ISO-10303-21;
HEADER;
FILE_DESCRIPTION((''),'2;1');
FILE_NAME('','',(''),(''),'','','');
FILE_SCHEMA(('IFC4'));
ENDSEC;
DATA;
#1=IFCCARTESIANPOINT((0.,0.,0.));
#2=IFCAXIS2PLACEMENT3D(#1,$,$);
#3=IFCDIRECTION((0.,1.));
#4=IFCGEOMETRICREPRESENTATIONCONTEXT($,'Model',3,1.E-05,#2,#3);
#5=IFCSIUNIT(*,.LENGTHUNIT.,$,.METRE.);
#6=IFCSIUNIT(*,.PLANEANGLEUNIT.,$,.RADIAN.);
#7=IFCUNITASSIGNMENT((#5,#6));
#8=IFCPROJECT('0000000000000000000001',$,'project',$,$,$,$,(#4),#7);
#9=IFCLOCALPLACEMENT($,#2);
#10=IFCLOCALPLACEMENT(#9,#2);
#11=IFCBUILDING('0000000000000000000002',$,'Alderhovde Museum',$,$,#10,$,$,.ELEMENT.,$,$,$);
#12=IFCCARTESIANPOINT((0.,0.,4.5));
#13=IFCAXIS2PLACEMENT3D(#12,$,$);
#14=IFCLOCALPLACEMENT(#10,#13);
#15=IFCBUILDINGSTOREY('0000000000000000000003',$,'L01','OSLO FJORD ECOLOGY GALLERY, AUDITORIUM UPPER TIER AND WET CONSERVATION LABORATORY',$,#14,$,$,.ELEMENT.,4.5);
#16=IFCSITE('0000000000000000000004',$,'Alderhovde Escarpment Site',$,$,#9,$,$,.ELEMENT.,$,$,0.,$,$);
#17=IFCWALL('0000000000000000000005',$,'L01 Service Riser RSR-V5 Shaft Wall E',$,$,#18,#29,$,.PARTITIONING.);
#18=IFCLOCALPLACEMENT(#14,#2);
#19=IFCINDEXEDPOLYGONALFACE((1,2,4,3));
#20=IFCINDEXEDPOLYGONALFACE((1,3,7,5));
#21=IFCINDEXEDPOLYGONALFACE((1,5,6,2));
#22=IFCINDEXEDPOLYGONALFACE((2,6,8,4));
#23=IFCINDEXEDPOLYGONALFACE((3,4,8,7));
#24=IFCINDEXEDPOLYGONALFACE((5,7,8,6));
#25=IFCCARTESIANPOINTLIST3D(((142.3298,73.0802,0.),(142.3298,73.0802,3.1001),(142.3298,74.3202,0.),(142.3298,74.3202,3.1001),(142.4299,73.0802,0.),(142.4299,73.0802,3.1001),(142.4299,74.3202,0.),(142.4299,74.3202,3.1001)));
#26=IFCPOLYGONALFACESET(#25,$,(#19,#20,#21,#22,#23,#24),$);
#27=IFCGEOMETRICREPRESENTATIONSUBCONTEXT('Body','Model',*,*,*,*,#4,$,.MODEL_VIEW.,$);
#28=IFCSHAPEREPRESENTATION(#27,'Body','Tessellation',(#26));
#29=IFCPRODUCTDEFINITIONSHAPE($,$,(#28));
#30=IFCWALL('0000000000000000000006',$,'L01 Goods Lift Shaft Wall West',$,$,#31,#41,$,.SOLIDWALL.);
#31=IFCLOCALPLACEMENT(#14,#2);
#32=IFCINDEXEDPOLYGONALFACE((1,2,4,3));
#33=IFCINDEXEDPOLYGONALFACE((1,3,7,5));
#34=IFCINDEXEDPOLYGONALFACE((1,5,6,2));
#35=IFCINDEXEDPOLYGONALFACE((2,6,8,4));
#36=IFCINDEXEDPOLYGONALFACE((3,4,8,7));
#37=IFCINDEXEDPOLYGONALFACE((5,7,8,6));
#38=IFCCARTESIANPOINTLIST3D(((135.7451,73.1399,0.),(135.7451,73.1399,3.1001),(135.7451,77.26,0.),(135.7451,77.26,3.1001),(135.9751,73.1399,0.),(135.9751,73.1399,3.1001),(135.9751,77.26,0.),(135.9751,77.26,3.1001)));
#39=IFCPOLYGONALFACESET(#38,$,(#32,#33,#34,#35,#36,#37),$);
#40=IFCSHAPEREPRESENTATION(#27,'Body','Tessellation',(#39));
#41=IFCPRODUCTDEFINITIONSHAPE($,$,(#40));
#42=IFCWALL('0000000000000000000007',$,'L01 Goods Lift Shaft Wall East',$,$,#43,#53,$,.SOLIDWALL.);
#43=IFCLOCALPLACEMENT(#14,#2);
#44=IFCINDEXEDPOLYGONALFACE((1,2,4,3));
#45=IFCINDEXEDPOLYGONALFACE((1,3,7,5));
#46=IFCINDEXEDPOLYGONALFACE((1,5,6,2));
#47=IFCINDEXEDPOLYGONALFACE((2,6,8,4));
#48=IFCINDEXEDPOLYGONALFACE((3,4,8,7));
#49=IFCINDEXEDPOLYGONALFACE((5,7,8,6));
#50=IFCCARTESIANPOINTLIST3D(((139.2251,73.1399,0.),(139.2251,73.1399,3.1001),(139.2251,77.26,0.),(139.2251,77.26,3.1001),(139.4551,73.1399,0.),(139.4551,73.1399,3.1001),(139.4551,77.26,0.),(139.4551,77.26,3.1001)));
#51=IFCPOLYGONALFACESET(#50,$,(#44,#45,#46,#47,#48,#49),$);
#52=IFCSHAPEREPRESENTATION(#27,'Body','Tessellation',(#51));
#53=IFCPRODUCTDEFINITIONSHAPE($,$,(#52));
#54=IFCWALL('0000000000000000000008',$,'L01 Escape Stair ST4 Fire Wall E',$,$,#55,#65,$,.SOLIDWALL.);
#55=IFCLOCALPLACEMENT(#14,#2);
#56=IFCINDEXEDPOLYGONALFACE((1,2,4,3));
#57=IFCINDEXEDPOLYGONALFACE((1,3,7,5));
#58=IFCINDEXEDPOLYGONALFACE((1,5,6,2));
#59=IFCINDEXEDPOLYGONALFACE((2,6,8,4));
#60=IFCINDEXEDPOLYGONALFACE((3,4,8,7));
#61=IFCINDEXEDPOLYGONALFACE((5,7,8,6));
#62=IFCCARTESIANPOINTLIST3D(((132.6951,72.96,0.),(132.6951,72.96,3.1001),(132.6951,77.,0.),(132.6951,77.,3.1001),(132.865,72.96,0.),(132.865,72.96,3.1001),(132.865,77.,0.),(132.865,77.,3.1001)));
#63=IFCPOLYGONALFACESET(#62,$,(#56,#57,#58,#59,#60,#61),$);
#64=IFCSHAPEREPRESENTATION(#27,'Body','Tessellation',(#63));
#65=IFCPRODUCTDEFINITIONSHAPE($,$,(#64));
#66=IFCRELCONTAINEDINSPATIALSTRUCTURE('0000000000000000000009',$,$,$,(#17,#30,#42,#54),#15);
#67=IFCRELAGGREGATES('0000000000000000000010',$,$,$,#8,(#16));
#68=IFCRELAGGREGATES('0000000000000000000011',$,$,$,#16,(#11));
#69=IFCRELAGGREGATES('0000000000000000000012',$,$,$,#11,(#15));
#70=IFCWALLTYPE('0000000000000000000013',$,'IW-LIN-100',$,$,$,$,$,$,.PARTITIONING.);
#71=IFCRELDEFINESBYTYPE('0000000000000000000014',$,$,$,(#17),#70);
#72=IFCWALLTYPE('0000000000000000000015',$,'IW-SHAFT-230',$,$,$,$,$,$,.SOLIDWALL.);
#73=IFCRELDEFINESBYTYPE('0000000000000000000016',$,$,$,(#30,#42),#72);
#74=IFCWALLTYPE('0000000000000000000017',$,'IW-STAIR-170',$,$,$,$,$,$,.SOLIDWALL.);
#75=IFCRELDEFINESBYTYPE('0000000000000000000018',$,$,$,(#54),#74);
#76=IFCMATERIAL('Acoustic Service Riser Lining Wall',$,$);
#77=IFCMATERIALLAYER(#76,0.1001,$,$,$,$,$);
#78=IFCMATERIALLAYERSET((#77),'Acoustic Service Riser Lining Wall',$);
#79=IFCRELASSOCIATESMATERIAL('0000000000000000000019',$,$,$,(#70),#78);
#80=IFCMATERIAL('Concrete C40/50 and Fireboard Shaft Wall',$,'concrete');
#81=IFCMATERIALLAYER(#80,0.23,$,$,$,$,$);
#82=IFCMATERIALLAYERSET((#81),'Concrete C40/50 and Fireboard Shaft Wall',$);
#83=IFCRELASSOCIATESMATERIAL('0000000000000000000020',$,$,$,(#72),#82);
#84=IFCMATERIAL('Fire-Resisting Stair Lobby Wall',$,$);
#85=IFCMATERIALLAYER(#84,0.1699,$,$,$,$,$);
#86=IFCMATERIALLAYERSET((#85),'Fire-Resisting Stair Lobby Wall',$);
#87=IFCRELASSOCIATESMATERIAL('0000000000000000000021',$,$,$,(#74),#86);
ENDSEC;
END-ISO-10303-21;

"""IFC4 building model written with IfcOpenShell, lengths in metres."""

from ifc_helpers import new_model, si_unit, direction, frame, frame_2d, origin, place, context, subcontext, project, spatial, rectangle, extrude, material, layer, layer_set, type_object, element, save


model = new_model("IFC4")

# Units and contexts
model_context = context("Model", 3, precision=1e-05, world=origin(), true_north=direction((0.0, 1.0)))
body_context = subcontext(model_context, "Body", "Model", "MODEL_VIEW")
ifc_project = project(units=[si_unit("LENGTHUNIT", "METRE"), si_unit("PLANEANGLEUNIT", "RADIAN")], contexts=[model_context])

# Site, building, storey
site_placement = place(None, origin())
site = spatial("IfcSite", under=ifc_project, at=site_placement, Name="Alderhovde Escarpment Site", CompositionType="ELEMENT", RefElevation=0.0)
building_placement = place(site_placement, origin())
building = spatial("IfcBuilding", under=site, at=building_placement, Name="Alderhovde Museum", CompositionType="ELEMENT")
storey_placement = place(building_placement, frame((0.0, 0.0, 4.5)))
storey = spatial("IfcBuildingStorey", under=building, at=storey_placement, Name="L01", Description="OSLO FJORD ECOLOGY GALLERY, AUDITORIUM UPPER TIER AND WET CONSERVATION LABORATORY", CompositionType="ELEMENT", Elevation=4.5)

# Walls
ifc_material_1 = material(Name="Acoustic Service Riser Lining Wall")
ifc_layer_1 = layer(ifc_material_1, 0.1001)
ifc_layer_set_1 = layer_set([ifc_layer_1], Name="Acoustic Service Riser Lining Wall")
wall_type_1 = type_object("IfcWallType", Name="IW-LIN-100", PredefinedType="PARTITIONING", material=ifc_layer_set_1)
for number, where, z_axis, x_axis, name in (
    (1, (142.3799, 73.0801, 0.0), (0.0, 0.0, 1.0), (0.0, 1.0, 0.0), "L01 Service Riser RSR-V5 Shaft Wall E"),
):
    element("IfcWall", number, at=place(storey_placement, frame(where, z_axis=z_axis, x_axis=x_axis)), inside=storey, type_object=wall_type_1, Name=name, PredefinedType="PARTITIONING", context=body_context, shape_type="SweptSolid", body=[
        extrude(rectangle(XDim=1.24, YDim=0.1001, at=frame_2d((0.6201, 0.0))), origin(), (0.0, 0.0, 1.0), 3.1001),
    ])
ifc_material_2 = material(Name="Concrete C40/50 and Fireboard Shaft Wall", Category="concrete")
ifc_layer_2 = layer(ifc_material_2, 0.23)
ifc_layer_set_2 = layer_set([ifc_layer_2], Name="Concrete C40/50 and Fireboard Shaft Wall")
wall_type_2 = type_object("IfcWallType", Name="IW-SHAFT-230", PredefinedType="SOLIDWALL", material=ifc_layer_set_2)
for number, where, z_axis, x_axis, name in (
    (2, (135.8601, 73.1399, 0.0), (0.0, 0.0, 1.0), (0.0, 1.0, 0.0), "L01 Goods Lift Shaft Wall West"),
    (3, (139.3401, 73.1399, 0.0), (0.0, 0.0, 1.0), (0.0, 1.0, 0.0), "L01 Goods Lift Shaft Wall East"),
):
    element("IfcWall", number, at=place(storey_placement, frame(where, z_axis=z_axis, x_axis=x_axis)), inside=storey, type_object=wall_type_2, Name=name, PredefinedType="SOLIDWALL", context=body_context, shape_type="SweptSolid", body=[
        extrude(rectangle(XDim=4.1201, YDim=0.23, at=frame_2d((2.0601, 0.0))), origin(), (0.0, 0.0, 1.0), 3.1001),
    ])
ifc_material_3 = material(Name="Fire-Resisting Stair Lobby Wall")
ifc_layer_3 = layer(ifc_material_3, 0.1699)
ifc_layer_set_3 = layer_set([ifc_layer_3], Name="Fire-Resisting Stair Lobby Wall")
wall_type_3 = type_object("IfcWallType", Name="IW-STAIR-170", PredefinedType="SOLIDWALL", material=ifc_layer_set_3)
wall_1_placement = place(storey_placement, frame((132.78, 72.96, 0.0), z_axis=(0.0, 0.0, 1.0), x_axis=(0.0, 1.0, 0.0)))
element("IfcWall", 4, at=wall_1_placement, inside=storey, type_object=wall_type_3, Name="L01 Escape Stair ST4 Fire Wall E", PredefinedType="SOLIDWALL", context=body_context, shape_type="SweptSolid", body=[
    extrude(rectangle(XDim=4.04, YDim=0.1699, at=frame_2d((2.02, 0.0))), origin(), (0.0, 0.0, 1.0), 3.1001),
])

save(model, "model.ifc")
